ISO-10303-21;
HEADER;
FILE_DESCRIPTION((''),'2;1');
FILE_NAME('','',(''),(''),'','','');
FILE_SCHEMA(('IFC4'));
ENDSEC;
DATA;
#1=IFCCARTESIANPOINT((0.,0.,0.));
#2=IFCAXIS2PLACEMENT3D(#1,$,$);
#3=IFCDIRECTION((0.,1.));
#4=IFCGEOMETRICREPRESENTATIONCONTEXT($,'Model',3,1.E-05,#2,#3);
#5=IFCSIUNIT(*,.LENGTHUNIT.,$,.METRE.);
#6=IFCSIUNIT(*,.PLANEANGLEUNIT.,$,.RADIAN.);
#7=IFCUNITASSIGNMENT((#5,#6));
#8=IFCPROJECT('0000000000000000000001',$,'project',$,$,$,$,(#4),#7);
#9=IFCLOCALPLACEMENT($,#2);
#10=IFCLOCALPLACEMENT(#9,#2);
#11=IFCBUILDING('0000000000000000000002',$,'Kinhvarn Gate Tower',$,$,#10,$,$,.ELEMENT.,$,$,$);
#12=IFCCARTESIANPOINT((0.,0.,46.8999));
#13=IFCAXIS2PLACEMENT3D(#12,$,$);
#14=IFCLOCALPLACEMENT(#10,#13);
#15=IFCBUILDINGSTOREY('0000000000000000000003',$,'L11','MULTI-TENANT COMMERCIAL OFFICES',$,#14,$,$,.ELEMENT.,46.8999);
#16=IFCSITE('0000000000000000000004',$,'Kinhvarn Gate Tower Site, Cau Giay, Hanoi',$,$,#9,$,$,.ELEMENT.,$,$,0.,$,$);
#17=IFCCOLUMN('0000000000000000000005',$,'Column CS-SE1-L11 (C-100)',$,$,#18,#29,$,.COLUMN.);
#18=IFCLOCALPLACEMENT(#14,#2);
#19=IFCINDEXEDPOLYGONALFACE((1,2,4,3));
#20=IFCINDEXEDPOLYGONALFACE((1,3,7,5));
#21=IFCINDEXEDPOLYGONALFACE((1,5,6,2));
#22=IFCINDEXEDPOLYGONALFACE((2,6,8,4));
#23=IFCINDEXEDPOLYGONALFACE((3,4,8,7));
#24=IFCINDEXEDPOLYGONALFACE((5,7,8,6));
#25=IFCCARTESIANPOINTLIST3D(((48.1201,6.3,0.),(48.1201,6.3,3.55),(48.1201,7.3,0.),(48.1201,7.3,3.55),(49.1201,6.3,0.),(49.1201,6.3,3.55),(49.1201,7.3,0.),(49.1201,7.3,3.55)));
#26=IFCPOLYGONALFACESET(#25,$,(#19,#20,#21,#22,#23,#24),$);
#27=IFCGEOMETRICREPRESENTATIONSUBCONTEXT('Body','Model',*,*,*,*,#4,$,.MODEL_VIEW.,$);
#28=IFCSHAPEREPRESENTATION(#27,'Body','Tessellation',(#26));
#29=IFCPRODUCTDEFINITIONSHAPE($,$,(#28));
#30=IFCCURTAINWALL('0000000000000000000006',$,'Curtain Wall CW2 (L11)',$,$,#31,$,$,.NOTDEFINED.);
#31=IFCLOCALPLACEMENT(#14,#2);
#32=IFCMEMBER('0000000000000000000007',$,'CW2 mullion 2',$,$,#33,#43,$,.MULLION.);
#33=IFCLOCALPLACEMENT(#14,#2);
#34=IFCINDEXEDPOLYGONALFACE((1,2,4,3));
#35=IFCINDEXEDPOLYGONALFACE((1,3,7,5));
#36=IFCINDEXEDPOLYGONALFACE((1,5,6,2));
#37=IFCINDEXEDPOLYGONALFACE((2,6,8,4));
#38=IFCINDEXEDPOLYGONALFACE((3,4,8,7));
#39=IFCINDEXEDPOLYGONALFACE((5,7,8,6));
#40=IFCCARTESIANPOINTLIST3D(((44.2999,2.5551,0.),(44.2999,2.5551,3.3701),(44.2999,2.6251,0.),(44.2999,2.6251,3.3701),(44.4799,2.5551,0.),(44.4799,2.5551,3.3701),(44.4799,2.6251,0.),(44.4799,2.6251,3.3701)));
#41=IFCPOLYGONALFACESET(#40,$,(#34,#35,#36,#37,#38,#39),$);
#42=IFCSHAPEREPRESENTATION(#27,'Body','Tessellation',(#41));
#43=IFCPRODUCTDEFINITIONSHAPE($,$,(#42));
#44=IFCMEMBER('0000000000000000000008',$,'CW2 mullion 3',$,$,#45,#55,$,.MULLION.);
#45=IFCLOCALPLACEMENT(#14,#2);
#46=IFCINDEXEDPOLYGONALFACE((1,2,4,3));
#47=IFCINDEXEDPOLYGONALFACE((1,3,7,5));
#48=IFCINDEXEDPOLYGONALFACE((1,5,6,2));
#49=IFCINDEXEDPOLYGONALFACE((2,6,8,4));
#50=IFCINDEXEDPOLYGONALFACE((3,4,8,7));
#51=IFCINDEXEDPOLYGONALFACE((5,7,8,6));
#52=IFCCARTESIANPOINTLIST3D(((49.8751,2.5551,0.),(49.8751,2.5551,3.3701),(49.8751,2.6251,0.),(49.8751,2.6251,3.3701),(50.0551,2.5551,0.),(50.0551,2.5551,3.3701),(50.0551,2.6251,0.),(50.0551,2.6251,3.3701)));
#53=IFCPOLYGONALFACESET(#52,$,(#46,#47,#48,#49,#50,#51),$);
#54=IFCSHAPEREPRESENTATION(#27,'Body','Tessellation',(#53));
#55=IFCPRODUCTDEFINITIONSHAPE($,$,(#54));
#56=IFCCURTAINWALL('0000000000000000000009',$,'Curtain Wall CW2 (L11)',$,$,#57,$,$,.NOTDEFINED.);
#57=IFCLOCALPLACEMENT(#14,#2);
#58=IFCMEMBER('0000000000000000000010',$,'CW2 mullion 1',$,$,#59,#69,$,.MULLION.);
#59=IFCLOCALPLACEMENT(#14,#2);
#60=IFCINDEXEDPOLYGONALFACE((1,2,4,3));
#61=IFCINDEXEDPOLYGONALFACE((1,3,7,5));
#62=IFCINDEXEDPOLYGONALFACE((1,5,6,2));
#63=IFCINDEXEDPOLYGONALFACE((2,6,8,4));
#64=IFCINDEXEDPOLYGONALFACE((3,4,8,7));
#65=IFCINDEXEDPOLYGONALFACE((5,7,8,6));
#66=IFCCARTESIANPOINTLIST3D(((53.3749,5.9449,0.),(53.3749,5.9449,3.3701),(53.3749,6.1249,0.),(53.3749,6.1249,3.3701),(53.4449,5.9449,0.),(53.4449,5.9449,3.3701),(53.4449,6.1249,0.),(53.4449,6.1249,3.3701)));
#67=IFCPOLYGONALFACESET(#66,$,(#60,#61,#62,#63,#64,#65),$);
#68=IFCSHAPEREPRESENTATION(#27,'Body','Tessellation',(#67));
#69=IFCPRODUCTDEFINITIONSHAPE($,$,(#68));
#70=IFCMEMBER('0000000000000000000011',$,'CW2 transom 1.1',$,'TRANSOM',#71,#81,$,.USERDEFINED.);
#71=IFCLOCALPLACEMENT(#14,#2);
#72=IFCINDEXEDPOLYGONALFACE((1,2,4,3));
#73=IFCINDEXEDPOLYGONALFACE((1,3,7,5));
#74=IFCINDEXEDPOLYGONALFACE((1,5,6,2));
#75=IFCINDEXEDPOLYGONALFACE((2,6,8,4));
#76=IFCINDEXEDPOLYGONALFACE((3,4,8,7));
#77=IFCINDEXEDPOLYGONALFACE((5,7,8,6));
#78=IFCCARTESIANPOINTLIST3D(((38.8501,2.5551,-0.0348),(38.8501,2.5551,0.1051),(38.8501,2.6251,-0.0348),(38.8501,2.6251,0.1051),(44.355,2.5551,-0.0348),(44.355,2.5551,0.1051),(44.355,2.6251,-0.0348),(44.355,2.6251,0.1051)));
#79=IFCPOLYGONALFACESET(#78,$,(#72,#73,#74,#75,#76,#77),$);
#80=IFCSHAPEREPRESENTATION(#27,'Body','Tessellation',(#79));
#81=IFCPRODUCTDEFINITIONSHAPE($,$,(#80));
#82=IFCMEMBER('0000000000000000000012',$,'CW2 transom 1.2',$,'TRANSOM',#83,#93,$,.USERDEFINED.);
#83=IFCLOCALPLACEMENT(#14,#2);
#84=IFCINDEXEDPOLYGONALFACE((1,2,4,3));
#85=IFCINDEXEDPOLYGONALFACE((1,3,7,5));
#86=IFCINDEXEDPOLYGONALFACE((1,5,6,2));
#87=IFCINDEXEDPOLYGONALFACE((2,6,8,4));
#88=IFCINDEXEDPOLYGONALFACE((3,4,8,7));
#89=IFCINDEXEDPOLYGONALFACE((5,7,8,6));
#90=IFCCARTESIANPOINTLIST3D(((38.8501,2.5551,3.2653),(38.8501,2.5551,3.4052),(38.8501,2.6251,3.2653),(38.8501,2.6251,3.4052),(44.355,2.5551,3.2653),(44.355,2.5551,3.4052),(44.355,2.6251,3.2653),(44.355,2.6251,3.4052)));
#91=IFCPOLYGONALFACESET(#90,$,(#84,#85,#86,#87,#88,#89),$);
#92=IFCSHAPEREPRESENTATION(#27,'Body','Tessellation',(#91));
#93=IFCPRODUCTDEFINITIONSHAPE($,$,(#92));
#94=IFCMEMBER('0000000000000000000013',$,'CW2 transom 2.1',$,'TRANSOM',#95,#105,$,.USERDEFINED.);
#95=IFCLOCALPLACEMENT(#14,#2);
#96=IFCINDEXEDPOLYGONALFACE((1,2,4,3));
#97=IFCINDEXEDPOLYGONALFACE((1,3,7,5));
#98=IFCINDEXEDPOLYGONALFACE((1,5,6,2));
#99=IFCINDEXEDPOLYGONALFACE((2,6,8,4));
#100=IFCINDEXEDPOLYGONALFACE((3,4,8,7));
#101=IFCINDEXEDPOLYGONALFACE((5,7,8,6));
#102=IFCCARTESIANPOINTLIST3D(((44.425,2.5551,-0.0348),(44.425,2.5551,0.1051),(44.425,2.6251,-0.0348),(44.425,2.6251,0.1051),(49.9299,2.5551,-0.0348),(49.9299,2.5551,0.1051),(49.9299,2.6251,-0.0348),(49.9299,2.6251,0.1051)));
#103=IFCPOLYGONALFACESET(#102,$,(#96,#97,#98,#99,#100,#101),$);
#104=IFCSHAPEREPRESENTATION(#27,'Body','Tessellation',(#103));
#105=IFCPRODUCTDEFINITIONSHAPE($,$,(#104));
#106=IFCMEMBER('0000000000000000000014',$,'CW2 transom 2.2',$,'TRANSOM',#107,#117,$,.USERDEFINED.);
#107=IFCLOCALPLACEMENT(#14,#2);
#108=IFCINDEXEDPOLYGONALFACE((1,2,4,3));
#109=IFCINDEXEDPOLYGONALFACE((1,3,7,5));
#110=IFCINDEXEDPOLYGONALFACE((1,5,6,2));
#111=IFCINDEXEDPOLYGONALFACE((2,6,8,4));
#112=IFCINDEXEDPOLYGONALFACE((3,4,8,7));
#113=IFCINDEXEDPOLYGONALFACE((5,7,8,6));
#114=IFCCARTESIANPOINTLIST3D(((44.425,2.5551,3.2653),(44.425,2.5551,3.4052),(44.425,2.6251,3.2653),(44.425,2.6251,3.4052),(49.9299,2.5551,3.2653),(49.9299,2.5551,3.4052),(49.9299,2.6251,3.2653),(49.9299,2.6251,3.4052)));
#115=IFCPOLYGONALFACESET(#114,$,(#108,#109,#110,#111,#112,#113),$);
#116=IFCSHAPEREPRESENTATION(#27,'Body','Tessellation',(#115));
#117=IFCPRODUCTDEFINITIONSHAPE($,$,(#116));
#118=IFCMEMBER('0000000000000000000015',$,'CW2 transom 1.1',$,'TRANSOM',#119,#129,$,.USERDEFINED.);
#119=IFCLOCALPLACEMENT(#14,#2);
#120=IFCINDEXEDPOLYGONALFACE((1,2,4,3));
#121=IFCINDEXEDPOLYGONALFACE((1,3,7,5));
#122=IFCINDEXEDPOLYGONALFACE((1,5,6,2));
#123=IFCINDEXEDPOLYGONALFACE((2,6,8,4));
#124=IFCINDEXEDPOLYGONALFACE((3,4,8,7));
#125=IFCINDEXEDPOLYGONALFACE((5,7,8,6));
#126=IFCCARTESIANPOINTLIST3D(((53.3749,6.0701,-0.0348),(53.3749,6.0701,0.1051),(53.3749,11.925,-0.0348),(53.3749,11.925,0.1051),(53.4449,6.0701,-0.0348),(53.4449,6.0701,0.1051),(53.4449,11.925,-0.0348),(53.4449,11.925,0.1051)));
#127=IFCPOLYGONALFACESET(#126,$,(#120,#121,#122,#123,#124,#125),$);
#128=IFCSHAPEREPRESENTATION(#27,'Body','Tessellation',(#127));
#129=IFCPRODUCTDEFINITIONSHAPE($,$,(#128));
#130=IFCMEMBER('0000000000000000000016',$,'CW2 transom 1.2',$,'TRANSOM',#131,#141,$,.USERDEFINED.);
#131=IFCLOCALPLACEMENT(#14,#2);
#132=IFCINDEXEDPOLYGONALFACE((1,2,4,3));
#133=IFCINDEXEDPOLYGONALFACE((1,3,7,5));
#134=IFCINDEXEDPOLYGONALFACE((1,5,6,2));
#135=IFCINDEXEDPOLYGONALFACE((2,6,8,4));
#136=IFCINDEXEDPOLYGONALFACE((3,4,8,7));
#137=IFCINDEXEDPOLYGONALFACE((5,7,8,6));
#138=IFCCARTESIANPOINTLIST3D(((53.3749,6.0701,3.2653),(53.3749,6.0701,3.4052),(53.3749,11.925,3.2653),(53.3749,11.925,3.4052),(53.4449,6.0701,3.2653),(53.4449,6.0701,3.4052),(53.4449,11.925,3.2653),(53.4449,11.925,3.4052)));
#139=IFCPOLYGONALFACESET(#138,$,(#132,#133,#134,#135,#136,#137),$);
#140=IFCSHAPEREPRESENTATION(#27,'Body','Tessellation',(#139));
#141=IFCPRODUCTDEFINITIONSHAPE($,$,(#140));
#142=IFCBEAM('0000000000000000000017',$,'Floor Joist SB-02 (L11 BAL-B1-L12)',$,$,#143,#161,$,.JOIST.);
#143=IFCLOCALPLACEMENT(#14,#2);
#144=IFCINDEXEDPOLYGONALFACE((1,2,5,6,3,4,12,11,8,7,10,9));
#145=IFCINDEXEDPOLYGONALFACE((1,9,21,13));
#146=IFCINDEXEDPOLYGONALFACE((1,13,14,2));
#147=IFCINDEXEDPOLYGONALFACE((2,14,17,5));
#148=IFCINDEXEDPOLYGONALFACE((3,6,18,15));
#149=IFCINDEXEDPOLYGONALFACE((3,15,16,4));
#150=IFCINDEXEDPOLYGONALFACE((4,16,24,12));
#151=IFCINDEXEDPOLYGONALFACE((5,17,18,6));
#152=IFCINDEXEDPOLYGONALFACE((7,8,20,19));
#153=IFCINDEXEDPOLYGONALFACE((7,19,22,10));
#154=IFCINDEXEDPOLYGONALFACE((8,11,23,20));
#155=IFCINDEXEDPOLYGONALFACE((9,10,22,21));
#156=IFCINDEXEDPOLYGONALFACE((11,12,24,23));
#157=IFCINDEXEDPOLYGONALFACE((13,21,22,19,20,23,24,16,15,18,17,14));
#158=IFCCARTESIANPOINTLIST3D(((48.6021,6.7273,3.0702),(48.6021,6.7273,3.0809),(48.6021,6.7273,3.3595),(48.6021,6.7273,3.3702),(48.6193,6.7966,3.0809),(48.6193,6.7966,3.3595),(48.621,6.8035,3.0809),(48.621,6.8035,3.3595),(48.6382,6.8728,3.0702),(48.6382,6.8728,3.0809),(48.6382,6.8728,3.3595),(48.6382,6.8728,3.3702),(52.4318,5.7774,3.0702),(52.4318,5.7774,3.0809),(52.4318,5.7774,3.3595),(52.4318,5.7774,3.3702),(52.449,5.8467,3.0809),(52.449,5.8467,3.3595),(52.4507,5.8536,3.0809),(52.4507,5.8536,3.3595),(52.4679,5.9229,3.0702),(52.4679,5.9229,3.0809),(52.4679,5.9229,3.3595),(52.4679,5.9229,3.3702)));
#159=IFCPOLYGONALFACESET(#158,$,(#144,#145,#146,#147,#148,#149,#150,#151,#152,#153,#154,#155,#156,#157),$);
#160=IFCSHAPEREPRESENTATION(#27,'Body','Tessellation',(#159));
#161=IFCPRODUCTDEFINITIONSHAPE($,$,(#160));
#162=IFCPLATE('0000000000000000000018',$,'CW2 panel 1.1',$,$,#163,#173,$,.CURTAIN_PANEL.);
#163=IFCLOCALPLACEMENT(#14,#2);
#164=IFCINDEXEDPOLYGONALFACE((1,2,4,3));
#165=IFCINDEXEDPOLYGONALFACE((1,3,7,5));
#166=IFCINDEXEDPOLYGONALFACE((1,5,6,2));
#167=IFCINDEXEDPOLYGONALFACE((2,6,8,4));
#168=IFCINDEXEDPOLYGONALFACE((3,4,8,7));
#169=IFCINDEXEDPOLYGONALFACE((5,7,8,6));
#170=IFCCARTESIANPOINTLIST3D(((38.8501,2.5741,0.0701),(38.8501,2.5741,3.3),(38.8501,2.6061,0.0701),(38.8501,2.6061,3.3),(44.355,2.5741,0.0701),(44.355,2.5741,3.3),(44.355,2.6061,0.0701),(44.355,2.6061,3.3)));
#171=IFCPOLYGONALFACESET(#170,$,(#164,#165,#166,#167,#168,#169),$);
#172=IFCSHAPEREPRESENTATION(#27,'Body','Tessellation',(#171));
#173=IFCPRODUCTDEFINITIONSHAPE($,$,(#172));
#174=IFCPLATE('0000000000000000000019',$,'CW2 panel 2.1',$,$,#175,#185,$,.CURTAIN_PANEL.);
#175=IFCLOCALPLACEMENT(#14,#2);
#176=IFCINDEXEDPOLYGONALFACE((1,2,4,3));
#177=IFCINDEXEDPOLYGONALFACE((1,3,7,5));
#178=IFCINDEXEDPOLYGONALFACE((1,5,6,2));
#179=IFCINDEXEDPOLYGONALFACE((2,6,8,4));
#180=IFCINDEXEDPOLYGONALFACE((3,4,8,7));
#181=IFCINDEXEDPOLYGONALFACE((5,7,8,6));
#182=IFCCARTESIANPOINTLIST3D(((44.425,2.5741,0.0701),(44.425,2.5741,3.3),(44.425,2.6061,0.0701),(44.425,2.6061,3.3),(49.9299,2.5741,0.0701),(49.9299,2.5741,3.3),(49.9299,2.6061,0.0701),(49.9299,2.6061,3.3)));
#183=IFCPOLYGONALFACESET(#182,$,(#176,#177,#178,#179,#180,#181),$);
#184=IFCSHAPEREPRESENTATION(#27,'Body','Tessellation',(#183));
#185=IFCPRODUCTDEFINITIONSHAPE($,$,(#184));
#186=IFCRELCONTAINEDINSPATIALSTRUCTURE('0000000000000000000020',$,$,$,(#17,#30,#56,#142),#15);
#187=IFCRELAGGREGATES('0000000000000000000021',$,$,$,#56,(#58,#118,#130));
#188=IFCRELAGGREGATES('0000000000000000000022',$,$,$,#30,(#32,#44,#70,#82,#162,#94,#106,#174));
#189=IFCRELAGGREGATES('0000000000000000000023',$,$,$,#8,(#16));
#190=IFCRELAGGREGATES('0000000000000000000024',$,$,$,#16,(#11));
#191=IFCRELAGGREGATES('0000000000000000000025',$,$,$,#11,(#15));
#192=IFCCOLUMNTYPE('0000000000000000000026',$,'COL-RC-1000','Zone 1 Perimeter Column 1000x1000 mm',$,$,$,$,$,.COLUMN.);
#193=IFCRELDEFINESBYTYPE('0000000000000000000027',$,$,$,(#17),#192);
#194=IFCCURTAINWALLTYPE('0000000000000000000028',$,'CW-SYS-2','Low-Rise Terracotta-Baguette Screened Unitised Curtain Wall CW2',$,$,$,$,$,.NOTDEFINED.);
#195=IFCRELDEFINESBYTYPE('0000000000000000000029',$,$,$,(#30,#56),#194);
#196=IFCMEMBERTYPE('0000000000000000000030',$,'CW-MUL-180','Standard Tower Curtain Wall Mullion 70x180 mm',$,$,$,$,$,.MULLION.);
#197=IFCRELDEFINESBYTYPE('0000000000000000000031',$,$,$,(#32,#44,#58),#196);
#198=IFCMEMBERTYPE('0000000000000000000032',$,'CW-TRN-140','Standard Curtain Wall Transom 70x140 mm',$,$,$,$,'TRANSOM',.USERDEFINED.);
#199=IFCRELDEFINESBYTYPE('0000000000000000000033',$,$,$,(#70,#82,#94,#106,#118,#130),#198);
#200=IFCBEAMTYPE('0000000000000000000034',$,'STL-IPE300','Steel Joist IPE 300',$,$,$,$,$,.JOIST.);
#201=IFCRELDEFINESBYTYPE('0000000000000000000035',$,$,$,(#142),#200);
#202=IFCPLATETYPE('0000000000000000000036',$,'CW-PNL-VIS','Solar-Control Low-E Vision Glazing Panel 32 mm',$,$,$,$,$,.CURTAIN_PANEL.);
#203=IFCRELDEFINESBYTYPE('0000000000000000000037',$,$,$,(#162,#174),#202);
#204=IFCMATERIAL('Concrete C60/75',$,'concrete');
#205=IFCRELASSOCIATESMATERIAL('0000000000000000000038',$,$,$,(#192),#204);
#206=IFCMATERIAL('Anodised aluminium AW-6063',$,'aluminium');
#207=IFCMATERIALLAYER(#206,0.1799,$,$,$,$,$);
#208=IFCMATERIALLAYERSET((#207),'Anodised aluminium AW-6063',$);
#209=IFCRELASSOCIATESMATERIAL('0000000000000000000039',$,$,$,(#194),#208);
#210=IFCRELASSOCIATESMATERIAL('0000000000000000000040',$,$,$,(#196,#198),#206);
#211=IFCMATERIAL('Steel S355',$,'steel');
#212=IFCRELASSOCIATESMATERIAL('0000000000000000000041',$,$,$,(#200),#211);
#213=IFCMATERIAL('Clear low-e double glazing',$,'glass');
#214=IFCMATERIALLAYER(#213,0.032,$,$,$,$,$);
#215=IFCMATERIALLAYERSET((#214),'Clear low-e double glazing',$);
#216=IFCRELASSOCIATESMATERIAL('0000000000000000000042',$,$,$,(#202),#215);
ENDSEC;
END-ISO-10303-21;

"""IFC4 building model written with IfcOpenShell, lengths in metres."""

from ifc_helpers import new_model, si_unit, direction, frame, origin, origin_2d, place, context, subcontext, project, spatial, rectangle, i_section, extrude, material, layer, layer_set, material_profile, profile_set, type_object, element, aggregate, save


model = new_model("IFC4")

# Units and contexts
model_context = context("Model", 3, precision=1e-05, world=origin(), true_north=direction((0.0, 1.0)))
body_context = subcontext(model_context, "Body", "Model", "MODEL_VIEW")
ifc_project = project(units=[si_unit("LENGTHUNIT", "METRE"), si_unit("PLANEANGLEUNIT", "RADIAN")], contexts=[model_context])

# Site, building, storey
site_placement = place(None, origin())
site = spatial("IfcSite", under=ifc_project, at=site_placement, Name="Kinhvarn Gate Tower Site, Cau Giay, Hanoi", CompositionType="ELEMENT", RefElevation=0.0)
building_placement = place(site_placement, origin())
building = spatial("IfcBuilding", under=site, at=building_placement, Name="Kinhvarn Gate Tower", CompositionType="ELEMENT")
storey_placement = place(building_placement, frame((0.0, 0.0, 46.8999)))
storey = spatial("IfcBuildingStorey", under=building, at=storey_placement, Name="L11", Description="MULTI-TENANT COMMERCIAL OFFICES", CompositionType="ELEMENT", Elevation=46.8999)

# Column
ifc_material_1 = material(Name="Concrete C60/75", Category="concrete")
ifc_material_profile_1 = material_profile(ifc_material_1, rectangle(XDim=1.0, YDim=1.0, at=origin_2d()), Name="RC 1000x1000")
ifc_profile_set_1 = profile_set([ifc_material_profile_1], Name="Concrete C60/75")
column_type = type_object("IfcColumnType", Name="COL-RC-1000", Description="Zone 1 Perimeter Column 1000x1000 mm", PredefinedType="COLUMN", material=ifc_profile_set_1)
column_placement = place(storey_placement, frame((48.6201, 6.8, 0.0), z_axis=(0.0, 0.0, 1.0), x_axis=(1.0, 0.0, 0.0)))
element("IfcColumn", 1, at=column_placement, inside=storey, type_object=column_type, Name="Column CS-SE1-L11 (C-100)", PredefinedType="COLUMN", context=body_context, shape_type="SweptSolid", body=[
    extrude(rectangle(XDim=1.0, YDim=1.0, at=origin_2d()), origin(), (0.0, 0.0, 1.0), 3.55),
])

# Curtain wall, members
ifc_material_2 = material(Name="Anodised aluminium AW-6063", Category="aluminium")
ifc_layer_1 = layer(ifc_material_2, 0.1799)
ifc_layer_set_1 = layer_set([ifc_layer_1], Name="Anodised aluminium AW-6063")
curtain_wall_type = type_object("IfcCurtainWallType", Name="CW-SYS-2", Description="Low-Rise Terracotta-Baguette Screened Unitised Curtain Wall CW2", PredefinedType="NOTDEFINED", material=ifc_layer_set_1)
curtain_wall_1_placement = place(storey_placement, origin())
curtain_wall_1 = element("IfcCurtainWall", 2, at=curtain_wall_1_placement, inside=storey, type_object=curtain_wall_type, Name="Curtain Wall CW2 (L11)", PredefinedType="NOTDEFINED")
ifc_material_profile_2 = material_profile(ifc_material_2, rectangle(XDim=0.0701, YDim=0.1799, at=origin_2d()), Name="ALU 70x180")
ifc_profile_set_2 = profile_set([ifc_material_profile_2], Name="Anodised aluminium AW-6063")
member_type_1 = type_object("IfcMemberType", Name="CW-MUL-180", Description="Standard Tower Curtain Wall Mullion 70x180 mm", PredefinedType="MULLION", material=ifc_profile_set_2)
member_1_placement = place(storey_placement, frame((44.3899, 2.5901, 0.0), z_axis=(0.0, 0.0, 1.0), x_axis=(0.0, 1.0, 0.0)))
member_1 = element("IfcMember", 3, at=member_1_placement, type_object=member_type_1, Name="CW2 mullion 2", PredefinedType="MULLION", context=body_context, shape_type="SweptSolid", body=[
    extrude(rectangle(XDim=0.0701, YDim=0.1799, at=origin_2d()), origin(), (0.0, 0.0, 1.0), 3.3701),
])
member_2_placement = place(storey_placement, frame((49.9651, 2.5901, 0.0), z_axis=(0.0, 0.0, 1.0), x_axis=(0.0, 1.0, 0.0)))
member_2 = element("IfcMember", 4, at=member_2_placement, type_object=member_type_1, Name="CW2 mullion 3", PredefinedType="MULLION", context=body_context, shape_type="SweptSolid", body=[
    extrude(rectangle(XDim=0.0701, YDim=0.1799, at=origin_2d()), origin(), (0.0, 0.0, 1.0), 3.3701),
])

# Curtain wall, member
curtain_wall_2_placement = place(storey_placement, origin())
curtain_wall_2 = element("IfcCurtainWall", 5, at=curtain_wall_2_placement, inside=storey, type_object=curtain_wall_type, Name="Curtain Wall CW2 (L11)", PredefinedType="NOTDEFINED")
member_3_placement = place(storey_placement, frame((53.4099, 6.0349, 0.0), z_axis=(0.0, 0.0, 1.0), x_axis=(-1.0, 0.0, 0.0)))
member_3 = element("IfcMember", 6, at=member_3_placement, type_object=member_type_1, Name="CW2 mullion 1", PredefinedType="MULLION", context=body_context, shape_type="SweptSolid", body=[
    extrude(rectangle(XDim=0.0701, YDim=0.1799, at=origin_2d()), origin(), (0.0, 0.0, 1.0), 3.3701),
])

# Members
ifc_material_profile_3 = material_profile(ifc_material_2, rectangle(XDim=0.0701, YDim=0.1399, at=origin_2d()), Name="ALU 70x140")
ifc_profile_set_3 = profile_set([ifc_material_profile_3], Name="Anodised aluminium AW-6063")
member_type_2 = type_object("IfcMemberType", Name="CW-TRN-140", Description="Standard Curtain Wall Transom 70x140 mm", ElementType="TRANSOM", PredefinedType="USERDEFINED", material=ifc_profile_set_3)
member_4_placement = place(storey_placement, frame((38.8501, 2.5901, 0.0352), z_axis=(1.0, 0.0, 0.0), x_axis=(0.0, 1.0, 0.0)))
member_4 = element("IfcMember", 7, at=member_4_placement, type_object=member_type_2, Name="CW2 transom 1.1", ObjectType="TRANSOM", PredefinedType="USERDEFINED", context=body_context, shape_type="SweptSolid", body=[
    extrude(rectangle(XDim=0.0701, YDim=0.1399, at=origin_2d()), origin(), (0.0, 0.0, 1.0), 5.5049),
])
member_5_placement = place(storey_placement, frame((38.8501, 2.5901, 3.3352), z_axis=(1.0, 0.0, 0.0), x_axis=(0.0, 1.0, 0.0)))
member_5 = element("IfcMember", 8, at=member_5_placement, type_object=member_type_2, Name="CW2 transom 1.2", ObjectType="TRANSOM", PredefinedType="USERDEFINED", context=body_context, shape_type="SweptSolid", body=[
    extrude(rectangle(XDim=0.0701, YDim=0.1399, at=origin_2d()), origin(), (0.0, 0.0, 1.0), 5.5049),
])
member_6_placement = place(storey_placement, frame((44.425, 2.5901, 0.0352), z_axis=(1.0, 0.0, 0.0), x_axis=(0.0, 1.0, 0.0)))
member_6 = element("IfcMember", 9, at=member_6_placement, type_object=member_type_2, Name="CW2 transom 2.1", ObjectType="TRANSOM", PredefinedType="USERDEFINED", context=body_context, shape_type="SweptSolid", body=[
    extrude(rectangle(XDim=0.0701, YDim=0.1399, at=origin_2d()), origin(), (0.0, 0.0, 1.0), 5.5049),
])
member_7_placement = place(storey_placement, frame((44.425, 2.5901, 3.3352), z_axis=(1.0, 0.0, 0.0), x_axis=(0.0, 1.0, 0.0)))
member_7 = element("IfcMember", 10, at=member_7_placement, type_object=member_type_2, Name="CW2 transom 2.2", ObjectType="TRANSOM", PredefinedType="USERDEFINED", context=body_context, shape_type="SweptSolid", body=[
    extrude(rectangle(XDim=0.0701, YDim=0.1399, at=origin_2d()), origin(), (0.0, 0.0, 1.0), 5.5049),
])
member_8_placement = place(storey_placement, frame((53.4099, 6.0701, 0.0352), z_axis=(0.0, 1.0, 0.0), x_axis=(-1.0, 0.0, 0.0)))
member_8 = element("IfcMember", 11, at=member_8_placement, type_object=member_type_2, Name="CW2 transom 1.1", ObjectType="TRANSOM", PredefinedType="USERDEFINED", context=body_context, shape_type="SweptSolid", body=[
    extrude(rectangle(XDim=0.0701, YDim=0.1399, at=origin_2d()), origin(), (0.0, 0.0, 1.0), 5.855),
])
member_9_placement = place(storey_placement, frame((53.4099, 6.0701, 3.3352), z_axis=(0.0, 1.0, 0.0), x_axis=(-1.0, 0.0, 0.0)))
member_9 = element("IfcMember", 12, at=member_9_placement, type_object=member_type_2, Name="CW2 transom 1.2", ObjectType="TRANSOM", PredefinedType="USERDEFINED", context=body_context, shape_type="SweptSolid", body=[
    extrude(rectangle(XDim=0.0701, YDim=0.1399, at=origin_2d()), origin(), (0.0, 0.0, 1.0), 5.855),
])
aggregate(curtain_wall_2, [member_3, member_8, member_9])

# Beam
ifc_material_3 = material(Name="Steel S355", Category="steel")
ifc_material_profile_4 = material_profile(ifc_material_3, i_section(OverallWidth=0.1499, OverallDepth=0.3, WebThickness=0.0071, FlangeThickness=0.0107, at=origin_2d()), Name="IPE 300")
ifc_profile_set_4 = profile_set([ifc_material_profile_4], Name="Steel S355")
beam_type = type_object("IfcBeamType", Name="STL-IPE300", Description="Steel Joist IPE 300", PredefinedType="JOIST", material=ifc_profile_set_4)
beam_placement = place(storey_placement, frame((48.6201, 6.8, 3.2202), z_axis=(0.970589, -0.240745, 0.0), x_axis=(0.240745, 0.970589, 0.0)))
element("IfcBeam", 13, at=beam_placement, inside=storey, type_object=beam_type, Name="Floor Joist SB-02 (L11 BAL-B1-L12)", PredefinedType="JOIST", context=body_context, shape_type="SweptSolid", body=[
    extrude(i_section(OverallWidth=0.1499, OverallDepth=0.3, WebThickness=0.0071, FlangeThickness=0.0107, at=origin_2d()), origin(), (0.0, 0.0, 1.0), 3.9458),
])

# Plates
ifc_material_4 = material(Name="Clear low-e double glazing", Category="glass")
ifc_layer_2 = layer(ifc_material_4, 0.032)
ifc_layer_set_2 = layer_set([ifc_layer_2], Name="Clear low-e double glazing")
plate_type = type_object("IfcPlateType", Name="CW-PNL-VIS", Description="Solar-Control Low-E Vision Glazing Panel 32 mm", PredefinedType="CURTAIN_PANEL", material=ifc_layer_set_2)
plate_1_placement = place(storey_placement, frame((41.6025, 2.5901, 0.0701), z_axis=(0.0, 0.0, 1.0), x_axis=(1.0, 0.0, 0.0)))
plate_1 = element("IfcPlate", 14, at=plate_1_placement, type_object=plate_type, Name="CW2 panel 1.1", PredefinedType="CURTAIN_PANEL", context=body_context, shape_type="SweptSolid", body=[
    extrude(rectangle(XDim=5.5049, YDim=0.032, at=origin_2d()), origin(), (0.0, 0.0, 1.0), 3.23),
])
plate_2_placement = place(storey_placement, frame((47.1775, 2.5901, 0.0701), z_axis=(0.0, 0.0, 1.0), x_axis=(1.0, 0.0, 0.0)))
plate_2 = element("IfcPlate", 15, at=plate_2_placement, type_object=plate_type, Name="CW2 panel 2.1", PredefinedType="CURTAIN_PANEL", context=body_context, shape_type="SweptSolid", body=[
    extrude(rectangle(XDim=5.5049, YDim=0.032, at=origin_2d()), origin(), (0.0, 0.0, 1.0), 3.23),
])
aggregate(curtain_wall_1, [member_1, member_2, member_4, member_5, plate_1, member_6, member_7, plate_2])

save(model, "model.ifc")
